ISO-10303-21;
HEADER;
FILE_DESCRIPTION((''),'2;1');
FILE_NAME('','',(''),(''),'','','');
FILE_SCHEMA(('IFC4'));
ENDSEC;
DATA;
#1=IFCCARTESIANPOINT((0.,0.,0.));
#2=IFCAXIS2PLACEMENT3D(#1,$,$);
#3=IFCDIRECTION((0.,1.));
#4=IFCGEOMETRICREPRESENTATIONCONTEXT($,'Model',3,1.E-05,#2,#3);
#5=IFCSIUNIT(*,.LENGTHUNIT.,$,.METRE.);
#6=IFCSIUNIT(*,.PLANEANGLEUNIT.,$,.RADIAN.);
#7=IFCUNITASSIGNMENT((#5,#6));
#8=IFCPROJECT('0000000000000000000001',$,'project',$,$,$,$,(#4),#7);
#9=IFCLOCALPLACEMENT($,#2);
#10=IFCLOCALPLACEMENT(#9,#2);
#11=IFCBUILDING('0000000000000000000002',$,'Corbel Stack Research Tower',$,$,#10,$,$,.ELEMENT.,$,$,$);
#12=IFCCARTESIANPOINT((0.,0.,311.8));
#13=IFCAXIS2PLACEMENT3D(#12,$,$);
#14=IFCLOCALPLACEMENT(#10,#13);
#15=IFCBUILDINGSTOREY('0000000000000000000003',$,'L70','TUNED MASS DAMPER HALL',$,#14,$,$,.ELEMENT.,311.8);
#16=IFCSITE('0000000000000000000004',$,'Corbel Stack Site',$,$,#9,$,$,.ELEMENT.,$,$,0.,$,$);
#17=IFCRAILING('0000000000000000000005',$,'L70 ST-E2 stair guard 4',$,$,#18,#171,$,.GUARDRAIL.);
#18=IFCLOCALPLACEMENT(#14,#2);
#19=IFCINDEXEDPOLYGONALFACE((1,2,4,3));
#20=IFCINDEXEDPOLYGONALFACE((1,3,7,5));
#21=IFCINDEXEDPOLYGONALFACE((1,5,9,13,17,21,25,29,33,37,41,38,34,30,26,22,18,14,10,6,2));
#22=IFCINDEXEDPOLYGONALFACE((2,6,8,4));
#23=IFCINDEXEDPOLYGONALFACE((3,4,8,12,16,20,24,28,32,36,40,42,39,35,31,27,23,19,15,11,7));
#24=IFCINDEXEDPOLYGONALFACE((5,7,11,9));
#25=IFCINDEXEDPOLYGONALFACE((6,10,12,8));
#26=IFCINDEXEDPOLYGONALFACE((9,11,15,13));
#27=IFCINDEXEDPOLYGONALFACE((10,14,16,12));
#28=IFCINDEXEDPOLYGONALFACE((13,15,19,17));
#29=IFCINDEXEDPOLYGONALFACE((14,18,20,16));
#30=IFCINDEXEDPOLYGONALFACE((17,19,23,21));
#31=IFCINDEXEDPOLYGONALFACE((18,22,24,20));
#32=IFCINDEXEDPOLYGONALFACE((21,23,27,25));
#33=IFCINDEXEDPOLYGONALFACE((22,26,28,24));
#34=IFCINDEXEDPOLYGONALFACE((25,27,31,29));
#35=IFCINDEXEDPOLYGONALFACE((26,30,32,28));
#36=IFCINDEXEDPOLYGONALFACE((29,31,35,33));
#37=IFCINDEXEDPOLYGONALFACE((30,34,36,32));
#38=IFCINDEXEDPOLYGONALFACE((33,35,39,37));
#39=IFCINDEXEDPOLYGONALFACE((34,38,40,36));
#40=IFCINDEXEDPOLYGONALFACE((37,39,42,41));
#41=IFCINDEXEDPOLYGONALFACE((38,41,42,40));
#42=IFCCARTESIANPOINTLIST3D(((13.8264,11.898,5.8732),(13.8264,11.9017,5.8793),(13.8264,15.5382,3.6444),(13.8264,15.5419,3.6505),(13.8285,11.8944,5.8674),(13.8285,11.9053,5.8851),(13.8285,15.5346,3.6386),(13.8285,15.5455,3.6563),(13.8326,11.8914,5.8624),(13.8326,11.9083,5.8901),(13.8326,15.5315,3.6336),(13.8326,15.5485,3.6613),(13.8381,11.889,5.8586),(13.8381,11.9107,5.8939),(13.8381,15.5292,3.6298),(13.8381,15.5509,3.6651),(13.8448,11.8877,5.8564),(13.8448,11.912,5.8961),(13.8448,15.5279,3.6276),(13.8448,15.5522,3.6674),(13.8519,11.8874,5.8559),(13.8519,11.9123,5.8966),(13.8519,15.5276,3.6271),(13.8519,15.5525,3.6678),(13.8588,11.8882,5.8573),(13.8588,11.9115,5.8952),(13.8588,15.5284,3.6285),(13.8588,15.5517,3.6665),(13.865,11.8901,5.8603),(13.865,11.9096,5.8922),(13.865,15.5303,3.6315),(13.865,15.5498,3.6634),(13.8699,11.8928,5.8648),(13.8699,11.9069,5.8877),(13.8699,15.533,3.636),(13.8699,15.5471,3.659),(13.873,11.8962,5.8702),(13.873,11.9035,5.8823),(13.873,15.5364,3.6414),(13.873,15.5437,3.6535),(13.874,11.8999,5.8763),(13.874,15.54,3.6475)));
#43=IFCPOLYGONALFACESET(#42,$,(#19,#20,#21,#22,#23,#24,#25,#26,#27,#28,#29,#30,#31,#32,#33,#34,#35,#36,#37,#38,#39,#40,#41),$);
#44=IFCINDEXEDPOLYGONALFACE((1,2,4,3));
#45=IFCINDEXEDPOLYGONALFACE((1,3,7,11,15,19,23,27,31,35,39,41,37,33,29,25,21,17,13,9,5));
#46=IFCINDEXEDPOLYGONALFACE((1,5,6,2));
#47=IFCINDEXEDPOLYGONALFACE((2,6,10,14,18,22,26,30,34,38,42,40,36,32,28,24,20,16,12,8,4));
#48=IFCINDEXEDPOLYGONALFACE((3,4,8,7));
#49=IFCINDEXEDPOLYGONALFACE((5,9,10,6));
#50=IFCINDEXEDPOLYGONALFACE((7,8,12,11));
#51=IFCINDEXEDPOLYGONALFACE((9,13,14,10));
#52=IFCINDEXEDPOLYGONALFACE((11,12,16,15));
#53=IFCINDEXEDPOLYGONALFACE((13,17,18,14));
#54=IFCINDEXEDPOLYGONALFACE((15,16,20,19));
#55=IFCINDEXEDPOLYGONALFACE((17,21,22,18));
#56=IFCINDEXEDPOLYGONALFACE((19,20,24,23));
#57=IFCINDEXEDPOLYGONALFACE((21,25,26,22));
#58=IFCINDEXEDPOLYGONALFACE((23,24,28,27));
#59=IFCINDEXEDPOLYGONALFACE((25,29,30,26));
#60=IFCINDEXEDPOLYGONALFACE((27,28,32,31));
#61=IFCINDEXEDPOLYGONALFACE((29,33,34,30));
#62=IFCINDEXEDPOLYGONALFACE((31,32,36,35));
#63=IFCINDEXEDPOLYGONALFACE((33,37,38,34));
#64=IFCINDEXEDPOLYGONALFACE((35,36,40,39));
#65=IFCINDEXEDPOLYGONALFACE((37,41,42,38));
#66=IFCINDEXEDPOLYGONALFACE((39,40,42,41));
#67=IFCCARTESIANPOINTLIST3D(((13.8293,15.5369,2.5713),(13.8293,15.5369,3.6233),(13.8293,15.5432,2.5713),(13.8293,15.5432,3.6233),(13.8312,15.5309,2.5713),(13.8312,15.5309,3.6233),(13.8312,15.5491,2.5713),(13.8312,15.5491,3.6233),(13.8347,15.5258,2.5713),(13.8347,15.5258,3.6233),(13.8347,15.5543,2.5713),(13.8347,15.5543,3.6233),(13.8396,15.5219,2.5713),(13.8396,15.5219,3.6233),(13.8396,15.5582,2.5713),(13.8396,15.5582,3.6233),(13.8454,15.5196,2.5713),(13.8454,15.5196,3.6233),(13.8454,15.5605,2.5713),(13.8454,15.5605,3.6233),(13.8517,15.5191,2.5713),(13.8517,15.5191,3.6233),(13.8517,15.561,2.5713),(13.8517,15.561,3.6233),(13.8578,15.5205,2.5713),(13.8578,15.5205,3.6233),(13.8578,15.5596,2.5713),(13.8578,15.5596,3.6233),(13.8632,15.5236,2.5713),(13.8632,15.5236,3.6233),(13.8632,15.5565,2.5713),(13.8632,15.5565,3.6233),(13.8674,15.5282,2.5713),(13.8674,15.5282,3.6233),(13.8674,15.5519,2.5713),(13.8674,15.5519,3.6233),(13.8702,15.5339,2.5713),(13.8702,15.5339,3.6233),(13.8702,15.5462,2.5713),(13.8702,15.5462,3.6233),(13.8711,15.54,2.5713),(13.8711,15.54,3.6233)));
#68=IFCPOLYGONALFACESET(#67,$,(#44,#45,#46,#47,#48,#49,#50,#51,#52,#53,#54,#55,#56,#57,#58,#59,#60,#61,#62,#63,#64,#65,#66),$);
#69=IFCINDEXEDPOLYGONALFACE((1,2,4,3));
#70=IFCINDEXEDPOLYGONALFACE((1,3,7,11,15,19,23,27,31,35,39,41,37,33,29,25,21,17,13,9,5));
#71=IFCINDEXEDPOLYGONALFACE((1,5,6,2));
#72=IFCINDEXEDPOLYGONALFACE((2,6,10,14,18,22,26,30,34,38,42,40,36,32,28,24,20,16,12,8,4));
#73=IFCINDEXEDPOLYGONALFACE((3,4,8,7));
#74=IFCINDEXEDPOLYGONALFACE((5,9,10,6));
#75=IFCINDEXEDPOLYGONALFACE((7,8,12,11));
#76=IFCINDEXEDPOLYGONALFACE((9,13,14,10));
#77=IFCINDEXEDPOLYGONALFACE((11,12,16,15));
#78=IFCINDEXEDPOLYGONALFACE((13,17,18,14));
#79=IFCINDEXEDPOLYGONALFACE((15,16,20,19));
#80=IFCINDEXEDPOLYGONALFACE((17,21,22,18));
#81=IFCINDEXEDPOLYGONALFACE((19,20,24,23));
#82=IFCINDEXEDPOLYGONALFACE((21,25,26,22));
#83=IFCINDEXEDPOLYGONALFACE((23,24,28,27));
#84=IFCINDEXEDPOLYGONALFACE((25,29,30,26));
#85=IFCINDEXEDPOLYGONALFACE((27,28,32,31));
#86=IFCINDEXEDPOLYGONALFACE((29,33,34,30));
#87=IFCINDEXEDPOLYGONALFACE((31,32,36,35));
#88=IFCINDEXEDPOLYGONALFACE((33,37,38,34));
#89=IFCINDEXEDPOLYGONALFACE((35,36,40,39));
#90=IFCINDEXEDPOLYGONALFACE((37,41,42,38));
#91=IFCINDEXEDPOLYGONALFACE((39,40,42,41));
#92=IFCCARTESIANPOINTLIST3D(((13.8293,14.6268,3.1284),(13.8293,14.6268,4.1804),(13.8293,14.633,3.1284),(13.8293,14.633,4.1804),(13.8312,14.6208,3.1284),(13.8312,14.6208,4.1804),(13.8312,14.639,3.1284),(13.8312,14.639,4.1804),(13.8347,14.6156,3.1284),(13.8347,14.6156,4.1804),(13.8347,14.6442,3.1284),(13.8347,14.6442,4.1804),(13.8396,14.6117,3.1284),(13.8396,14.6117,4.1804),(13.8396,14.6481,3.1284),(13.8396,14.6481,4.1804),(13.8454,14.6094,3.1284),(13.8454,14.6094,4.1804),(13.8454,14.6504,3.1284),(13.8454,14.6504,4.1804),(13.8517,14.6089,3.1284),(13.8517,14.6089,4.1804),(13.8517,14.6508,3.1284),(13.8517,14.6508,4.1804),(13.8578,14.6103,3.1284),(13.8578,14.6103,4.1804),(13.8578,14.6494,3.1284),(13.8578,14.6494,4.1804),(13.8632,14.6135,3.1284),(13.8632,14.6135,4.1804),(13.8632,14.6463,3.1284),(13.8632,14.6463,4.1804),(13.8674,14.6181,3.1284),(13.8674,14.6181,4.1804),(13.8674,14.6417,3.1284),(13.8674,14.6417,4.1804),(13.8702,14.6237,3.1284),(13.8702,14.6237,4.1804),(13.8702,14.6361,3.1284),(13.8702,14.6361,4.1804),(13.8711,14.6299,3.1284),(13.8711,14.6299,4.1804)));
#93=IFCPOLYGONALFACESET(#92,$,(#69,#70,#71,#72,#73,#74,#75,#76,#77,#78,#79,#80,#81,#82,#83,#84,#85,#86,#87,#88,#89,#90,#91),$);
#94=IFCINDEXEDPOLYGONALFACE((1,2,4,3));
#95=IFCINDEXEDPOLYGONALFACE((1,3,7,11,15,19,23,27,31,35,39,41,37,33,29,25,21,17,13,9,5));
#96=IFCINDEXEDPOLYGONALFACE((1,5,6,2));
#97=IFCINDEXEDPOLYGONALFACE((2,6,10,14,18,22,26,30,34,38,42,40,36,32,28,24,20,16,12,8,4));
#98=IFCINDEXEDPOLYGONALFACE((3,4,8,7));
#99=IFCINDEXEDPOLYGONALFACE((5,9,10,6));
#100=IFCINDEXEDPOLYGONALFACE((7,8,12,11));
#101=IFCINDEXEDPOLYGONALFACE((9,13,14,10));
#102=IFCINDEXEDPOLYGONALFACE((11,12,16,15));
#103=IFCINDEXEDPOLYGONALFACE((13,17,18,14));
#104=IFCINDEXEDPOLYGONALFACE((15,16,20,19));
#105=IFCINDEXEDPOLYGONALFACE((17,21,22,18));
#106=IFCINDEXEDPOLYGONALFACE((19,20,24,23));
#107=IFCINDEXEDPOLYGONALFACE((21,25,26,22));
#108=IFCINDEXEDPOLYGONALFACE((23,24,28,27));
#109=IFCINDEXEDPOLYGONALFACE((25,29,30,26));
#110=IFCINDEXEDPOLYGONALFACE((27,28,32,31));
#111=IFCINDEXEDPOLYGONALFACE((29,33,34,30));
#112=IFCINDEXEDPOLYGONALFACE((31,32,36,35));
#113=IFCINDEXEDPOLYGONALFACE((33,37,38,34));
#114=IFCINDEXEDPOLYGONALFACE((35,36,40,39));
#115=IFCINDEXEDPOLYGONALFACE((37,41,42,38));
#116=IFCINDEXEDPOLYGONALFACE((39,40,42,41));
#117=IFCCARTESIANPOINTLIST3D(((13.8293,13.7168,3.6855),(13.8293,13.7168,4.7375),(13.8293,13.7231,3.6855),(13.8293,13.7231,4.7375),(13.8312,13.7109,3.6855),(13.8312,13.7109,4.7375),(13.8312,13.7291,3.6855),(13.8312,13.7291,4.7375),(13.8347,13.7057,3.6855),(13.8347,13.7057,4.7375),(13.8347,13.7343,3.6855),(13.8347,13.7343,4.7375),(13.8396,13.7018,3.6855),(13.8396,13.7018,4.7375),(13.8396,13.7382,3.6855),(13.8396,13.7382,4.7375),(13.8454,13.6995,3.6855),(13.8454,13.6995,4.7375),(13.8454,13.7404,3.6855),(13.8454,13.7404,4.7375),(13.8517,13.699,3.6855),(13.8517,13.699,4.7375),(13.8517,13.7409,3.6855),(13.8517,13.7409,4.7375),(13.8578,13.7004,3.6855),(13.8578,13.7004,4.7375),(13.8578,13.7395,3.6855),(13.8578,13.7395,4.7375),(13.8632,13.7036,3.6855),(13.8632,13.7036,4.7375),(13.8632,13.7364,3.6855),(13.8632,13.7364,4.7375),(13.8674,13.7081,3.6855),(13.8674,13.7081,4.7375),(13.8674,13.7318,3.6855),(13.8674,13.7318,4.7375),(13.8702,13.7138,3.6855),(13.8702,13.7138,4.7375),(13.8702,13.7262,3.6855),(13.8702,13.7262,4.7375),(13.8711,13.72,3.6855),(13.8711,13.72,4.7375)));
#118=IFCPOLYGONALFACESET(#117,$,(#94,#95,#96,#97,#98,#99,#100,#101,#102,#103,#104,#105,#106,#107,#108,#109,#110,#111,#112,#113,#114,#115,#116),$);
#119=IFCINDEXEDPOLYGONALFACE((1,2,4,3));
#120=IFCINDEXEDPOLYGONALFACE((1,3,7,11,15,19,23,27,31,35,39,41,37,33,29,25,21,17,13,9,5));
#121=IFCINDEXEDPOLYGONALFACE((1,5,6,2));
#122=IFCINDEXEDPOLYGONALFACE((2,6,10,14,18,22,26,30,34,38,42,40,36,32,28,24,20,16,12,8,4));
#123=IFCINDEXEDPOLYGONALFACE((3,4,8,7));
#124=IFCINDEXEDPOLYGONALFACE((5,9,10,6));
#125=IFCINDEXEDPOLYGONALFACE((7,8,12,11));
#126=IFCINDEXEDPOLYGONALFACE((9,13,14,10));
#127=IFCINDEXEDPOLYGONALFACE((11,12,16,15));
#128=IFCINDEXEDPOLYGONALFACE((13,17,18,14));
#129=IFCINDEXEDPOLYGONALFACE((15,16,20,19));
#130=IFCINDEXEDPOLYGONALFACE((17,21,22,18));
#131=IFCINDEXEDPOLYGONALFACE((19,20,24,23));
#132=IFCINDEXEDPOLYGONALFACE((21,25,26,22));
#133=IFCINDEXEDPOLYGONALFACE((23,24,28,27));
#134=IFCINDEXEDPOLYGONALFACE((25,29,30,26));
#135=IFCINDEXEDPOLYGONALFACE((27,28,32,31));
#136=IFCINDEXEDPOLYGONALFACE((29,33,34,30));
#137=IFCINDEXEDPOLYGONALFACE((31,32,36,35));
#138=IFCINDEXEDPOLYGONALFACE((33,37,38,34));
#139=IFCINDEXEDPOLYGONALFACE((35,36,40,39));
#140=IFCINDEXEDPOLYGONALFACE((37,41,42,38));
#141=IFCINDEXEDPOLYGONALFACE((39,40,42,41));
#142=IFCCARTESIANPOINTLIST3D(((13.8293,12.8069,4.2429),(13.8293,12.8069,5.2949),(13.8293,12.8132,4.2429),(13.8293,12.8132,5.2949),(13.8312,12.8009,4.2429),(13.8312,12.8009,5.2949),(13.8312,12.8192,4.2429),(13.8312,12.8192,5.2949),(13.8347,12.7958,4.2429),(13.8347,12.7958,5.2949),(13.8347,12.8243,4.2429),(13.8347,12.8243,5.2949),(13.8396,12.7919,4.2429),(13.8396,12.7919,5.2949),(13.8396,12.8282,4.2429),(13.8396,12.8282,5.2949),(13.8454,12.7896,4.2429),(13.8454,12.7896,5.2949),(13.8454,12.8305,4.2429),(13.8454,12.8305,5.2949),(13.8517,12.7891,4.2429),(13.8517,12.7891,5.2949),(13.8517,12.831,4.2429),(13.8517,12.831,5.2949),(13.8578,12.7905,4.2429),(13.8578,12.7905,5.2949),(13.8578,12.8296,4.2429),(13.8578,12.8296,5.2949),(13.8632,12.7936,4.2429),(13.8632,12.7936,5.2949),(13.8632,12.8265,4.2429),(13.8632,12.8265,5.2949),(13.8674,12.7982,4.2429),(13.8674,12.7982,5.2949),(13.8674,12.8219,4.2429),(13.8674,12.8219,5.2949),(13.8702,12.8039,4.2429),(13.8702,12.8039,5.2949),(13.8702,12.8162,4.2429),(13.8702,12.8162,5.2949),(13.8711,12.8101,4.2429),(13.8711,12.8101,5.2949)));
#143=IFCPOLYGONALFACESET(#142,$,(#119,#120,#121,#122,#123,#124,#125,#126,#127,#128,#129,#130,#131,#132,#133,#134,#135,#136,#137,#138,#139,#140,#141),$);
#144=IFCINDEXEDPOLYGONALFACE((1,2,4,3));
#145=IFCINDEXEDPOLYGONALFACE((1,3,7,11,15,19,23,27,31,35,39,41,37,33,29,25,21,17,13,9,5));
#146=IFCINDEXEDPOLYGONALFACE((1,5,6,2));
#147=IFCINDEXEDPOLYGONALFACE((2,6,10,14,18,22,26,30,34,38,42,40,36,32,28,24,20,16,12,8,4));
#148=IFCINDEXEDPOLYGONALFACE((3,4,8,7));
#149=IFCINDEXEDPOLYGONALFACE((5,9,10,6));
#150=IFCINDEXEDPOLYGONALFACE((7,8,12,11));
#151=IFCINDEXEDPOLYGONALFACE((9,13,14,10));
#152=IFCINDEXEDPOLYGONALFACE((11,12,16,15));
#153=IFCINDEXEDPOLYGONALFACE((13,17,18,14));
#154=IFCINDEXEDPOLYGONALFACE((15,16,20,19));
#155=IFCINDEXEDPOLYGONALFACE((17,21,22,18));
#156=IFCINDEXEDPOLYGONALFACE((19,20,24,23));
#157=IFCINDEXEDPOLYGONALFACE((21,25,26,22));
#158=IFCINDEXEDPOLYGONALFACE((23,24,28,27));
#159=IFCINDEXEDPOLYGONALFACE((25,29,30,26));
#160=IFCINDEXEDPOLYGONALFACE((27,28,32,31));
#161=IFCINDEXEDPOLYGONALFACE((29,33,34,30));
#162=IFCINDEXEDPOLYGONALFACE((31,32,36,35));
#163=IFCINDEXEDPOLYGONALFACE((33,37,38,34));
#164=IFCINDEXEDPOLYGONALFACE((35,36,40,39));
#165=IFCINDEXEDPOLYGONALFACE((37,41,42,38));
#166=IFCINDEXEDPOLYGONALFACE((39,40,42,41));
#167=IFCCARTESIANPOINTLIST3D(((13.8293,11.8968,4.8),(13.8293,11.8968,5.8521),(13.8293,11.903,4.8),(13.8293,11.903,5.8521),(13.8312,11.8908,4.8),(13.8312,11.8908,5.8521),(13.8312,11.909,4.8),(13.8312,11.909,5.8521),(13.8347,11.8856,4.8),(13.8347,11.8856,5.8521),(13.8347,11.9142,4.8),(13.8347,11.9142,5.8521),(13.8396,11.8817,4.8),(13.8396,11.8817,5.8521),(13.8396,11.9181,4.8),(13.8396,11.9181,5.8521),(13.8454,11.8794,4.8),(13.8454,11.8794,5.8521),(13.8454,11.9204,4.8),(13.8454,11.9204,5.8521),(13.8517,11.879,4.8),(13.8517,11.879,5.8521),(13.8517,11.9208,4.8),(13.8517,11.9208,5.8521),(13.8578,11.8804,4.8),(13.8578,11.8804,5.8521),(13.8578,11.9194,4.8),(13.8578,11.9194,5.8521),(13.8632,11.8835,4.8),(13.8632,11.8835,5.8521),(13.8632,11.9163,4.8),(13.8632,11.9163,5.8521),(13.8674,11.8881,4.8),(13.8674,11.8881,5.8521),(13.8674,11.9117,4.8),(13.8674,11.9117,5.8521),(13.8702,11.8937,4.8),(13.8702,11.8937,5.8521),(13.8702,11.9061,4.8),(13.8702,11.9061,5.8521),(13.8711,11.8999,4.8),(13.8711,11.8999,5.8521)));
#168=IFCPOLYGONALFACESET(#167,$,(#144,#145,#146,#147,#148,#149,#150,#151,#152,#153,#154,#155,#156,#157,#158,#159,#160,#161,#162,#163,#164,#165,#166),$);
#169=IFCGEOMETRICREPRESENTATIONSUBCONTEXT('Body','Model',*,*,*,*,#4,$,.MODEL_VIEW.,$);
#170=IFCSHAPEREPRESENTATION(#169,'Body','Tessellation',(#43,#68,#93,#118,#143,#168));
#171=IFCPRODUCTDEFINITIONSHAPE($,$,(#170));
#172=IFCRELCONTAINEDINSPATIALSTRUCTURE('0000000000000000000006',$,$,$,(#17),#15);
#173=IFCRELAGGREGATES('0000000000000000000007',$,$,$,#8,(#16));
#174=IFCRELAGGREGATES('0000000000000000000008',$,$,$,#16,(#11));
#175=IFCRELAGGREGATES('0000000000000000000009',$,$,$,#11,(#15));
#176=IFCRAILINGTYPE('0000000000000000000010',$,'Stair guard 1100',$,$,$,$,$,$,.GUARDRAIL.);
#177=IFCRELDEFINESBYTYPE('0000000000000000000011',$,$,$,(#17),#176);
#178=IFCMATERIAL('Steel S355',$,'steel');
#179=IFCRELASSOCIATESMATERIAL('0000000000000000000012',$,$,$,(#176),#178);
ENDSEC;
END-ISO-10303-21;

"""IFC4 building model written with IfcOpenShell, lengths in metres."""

from ifc_helpers import new_model, si_unit, direction, frame, origin, origin_2d, place, context, subcontext, project, spatial, circle, extrude, material, type_object, element, save


model = new_model("IFC4")

# Units and contexts
model_context = context("Model", 3, precision=1e-05, world=origin(), true_north=direction((0.0, 1.0)))
body_context = subcontext(model_context, "Body", "Model", "MODEL_VIEW")
ifc_project = project(units=[si_unit("LENGTHUNIT", "METRE"), si_unit("PLANEANGLEUNIT", "RADIAN")], contexts=[model_context])

# Site, building, storey
site_placement = place(None, origin())
site = spatial("IfcSite", under=ifc_project, at=site_placement, Name="Corbel Stack Site", CompositionType="ELEMENT", RefElevation=0.0)
building_placement = place(site_placement, origin())
building = spatial("IfcBuilding", under=site, at=building_placement, Name="Corbel Stack Research Tower", CompositionType="ELEMENT")
storey_placement = place(building_placement, frame((0.0, 0.0, 311.8)))
storey = spatial("IfcBuildingStorey", under=building, at=storey_placement, Name="L70", Description="TUNED MASS DAMPER HALL", CompositionType="ELEMENT", Elevation=311.8)

# Railing
ifc_material_1 = material(Name="Steel S355", Category="steel")
railing_type_1 = type_object("IfcRailingType", Name="Stair guard 1100", PredefinedType="GUARDRAIL", material=ifc_material_1)
railing_1_placement = place(storey_placement, frame((13.8501, 15.54, 2.5713)))
element("IfcRailing", 1, at=railing_1_placement, inside=storey, type_object=railing_type_1, Name="L70 ST-E2 stair guard 4", PredefinedType="GUARDRAIL", context=body_context, shape_type="SweptSolid", body=[
    extrude(circle(Radius=0.0239, at=origin_2d()), frame((0.0, 0.0, 1.0762), z_axis=(0.0, -0.85284, 0.522172), x_axis=(1.0, 0.0, 0.0)), (0.0, 0.0, 1.0), 4.2683),
    extrude(circle(Radius=0.021, at=origin_2d()), origin(), (0.0, 0.0, 1.0), 1.052),
    extrude(circle(Radius=0.021, at=origin_2d()), frame((0.0, -0.9102, 0.5571)), (0.0, 0.0, 1.0), 1.052),
    extrude(circle(Radius=0.021, at=origin_2d()), frame((0.0, -1.8201, 1.1143)), (0.0, 0.0, 1.0), 1.052),
    extrude(circle(Radius=0.021, at=origin_2d()), frame((0.0, -2.73, 1.6716)), (0.0, 0.0, 1.0), 1.052),
    extrude(circle(Radius=0.021, at=origin_2d()), frame((0.0, -3.6401, 2.2288)), (0.0, 0.0, 1.0), 1.052),
])

save(model, "model.ifc")
